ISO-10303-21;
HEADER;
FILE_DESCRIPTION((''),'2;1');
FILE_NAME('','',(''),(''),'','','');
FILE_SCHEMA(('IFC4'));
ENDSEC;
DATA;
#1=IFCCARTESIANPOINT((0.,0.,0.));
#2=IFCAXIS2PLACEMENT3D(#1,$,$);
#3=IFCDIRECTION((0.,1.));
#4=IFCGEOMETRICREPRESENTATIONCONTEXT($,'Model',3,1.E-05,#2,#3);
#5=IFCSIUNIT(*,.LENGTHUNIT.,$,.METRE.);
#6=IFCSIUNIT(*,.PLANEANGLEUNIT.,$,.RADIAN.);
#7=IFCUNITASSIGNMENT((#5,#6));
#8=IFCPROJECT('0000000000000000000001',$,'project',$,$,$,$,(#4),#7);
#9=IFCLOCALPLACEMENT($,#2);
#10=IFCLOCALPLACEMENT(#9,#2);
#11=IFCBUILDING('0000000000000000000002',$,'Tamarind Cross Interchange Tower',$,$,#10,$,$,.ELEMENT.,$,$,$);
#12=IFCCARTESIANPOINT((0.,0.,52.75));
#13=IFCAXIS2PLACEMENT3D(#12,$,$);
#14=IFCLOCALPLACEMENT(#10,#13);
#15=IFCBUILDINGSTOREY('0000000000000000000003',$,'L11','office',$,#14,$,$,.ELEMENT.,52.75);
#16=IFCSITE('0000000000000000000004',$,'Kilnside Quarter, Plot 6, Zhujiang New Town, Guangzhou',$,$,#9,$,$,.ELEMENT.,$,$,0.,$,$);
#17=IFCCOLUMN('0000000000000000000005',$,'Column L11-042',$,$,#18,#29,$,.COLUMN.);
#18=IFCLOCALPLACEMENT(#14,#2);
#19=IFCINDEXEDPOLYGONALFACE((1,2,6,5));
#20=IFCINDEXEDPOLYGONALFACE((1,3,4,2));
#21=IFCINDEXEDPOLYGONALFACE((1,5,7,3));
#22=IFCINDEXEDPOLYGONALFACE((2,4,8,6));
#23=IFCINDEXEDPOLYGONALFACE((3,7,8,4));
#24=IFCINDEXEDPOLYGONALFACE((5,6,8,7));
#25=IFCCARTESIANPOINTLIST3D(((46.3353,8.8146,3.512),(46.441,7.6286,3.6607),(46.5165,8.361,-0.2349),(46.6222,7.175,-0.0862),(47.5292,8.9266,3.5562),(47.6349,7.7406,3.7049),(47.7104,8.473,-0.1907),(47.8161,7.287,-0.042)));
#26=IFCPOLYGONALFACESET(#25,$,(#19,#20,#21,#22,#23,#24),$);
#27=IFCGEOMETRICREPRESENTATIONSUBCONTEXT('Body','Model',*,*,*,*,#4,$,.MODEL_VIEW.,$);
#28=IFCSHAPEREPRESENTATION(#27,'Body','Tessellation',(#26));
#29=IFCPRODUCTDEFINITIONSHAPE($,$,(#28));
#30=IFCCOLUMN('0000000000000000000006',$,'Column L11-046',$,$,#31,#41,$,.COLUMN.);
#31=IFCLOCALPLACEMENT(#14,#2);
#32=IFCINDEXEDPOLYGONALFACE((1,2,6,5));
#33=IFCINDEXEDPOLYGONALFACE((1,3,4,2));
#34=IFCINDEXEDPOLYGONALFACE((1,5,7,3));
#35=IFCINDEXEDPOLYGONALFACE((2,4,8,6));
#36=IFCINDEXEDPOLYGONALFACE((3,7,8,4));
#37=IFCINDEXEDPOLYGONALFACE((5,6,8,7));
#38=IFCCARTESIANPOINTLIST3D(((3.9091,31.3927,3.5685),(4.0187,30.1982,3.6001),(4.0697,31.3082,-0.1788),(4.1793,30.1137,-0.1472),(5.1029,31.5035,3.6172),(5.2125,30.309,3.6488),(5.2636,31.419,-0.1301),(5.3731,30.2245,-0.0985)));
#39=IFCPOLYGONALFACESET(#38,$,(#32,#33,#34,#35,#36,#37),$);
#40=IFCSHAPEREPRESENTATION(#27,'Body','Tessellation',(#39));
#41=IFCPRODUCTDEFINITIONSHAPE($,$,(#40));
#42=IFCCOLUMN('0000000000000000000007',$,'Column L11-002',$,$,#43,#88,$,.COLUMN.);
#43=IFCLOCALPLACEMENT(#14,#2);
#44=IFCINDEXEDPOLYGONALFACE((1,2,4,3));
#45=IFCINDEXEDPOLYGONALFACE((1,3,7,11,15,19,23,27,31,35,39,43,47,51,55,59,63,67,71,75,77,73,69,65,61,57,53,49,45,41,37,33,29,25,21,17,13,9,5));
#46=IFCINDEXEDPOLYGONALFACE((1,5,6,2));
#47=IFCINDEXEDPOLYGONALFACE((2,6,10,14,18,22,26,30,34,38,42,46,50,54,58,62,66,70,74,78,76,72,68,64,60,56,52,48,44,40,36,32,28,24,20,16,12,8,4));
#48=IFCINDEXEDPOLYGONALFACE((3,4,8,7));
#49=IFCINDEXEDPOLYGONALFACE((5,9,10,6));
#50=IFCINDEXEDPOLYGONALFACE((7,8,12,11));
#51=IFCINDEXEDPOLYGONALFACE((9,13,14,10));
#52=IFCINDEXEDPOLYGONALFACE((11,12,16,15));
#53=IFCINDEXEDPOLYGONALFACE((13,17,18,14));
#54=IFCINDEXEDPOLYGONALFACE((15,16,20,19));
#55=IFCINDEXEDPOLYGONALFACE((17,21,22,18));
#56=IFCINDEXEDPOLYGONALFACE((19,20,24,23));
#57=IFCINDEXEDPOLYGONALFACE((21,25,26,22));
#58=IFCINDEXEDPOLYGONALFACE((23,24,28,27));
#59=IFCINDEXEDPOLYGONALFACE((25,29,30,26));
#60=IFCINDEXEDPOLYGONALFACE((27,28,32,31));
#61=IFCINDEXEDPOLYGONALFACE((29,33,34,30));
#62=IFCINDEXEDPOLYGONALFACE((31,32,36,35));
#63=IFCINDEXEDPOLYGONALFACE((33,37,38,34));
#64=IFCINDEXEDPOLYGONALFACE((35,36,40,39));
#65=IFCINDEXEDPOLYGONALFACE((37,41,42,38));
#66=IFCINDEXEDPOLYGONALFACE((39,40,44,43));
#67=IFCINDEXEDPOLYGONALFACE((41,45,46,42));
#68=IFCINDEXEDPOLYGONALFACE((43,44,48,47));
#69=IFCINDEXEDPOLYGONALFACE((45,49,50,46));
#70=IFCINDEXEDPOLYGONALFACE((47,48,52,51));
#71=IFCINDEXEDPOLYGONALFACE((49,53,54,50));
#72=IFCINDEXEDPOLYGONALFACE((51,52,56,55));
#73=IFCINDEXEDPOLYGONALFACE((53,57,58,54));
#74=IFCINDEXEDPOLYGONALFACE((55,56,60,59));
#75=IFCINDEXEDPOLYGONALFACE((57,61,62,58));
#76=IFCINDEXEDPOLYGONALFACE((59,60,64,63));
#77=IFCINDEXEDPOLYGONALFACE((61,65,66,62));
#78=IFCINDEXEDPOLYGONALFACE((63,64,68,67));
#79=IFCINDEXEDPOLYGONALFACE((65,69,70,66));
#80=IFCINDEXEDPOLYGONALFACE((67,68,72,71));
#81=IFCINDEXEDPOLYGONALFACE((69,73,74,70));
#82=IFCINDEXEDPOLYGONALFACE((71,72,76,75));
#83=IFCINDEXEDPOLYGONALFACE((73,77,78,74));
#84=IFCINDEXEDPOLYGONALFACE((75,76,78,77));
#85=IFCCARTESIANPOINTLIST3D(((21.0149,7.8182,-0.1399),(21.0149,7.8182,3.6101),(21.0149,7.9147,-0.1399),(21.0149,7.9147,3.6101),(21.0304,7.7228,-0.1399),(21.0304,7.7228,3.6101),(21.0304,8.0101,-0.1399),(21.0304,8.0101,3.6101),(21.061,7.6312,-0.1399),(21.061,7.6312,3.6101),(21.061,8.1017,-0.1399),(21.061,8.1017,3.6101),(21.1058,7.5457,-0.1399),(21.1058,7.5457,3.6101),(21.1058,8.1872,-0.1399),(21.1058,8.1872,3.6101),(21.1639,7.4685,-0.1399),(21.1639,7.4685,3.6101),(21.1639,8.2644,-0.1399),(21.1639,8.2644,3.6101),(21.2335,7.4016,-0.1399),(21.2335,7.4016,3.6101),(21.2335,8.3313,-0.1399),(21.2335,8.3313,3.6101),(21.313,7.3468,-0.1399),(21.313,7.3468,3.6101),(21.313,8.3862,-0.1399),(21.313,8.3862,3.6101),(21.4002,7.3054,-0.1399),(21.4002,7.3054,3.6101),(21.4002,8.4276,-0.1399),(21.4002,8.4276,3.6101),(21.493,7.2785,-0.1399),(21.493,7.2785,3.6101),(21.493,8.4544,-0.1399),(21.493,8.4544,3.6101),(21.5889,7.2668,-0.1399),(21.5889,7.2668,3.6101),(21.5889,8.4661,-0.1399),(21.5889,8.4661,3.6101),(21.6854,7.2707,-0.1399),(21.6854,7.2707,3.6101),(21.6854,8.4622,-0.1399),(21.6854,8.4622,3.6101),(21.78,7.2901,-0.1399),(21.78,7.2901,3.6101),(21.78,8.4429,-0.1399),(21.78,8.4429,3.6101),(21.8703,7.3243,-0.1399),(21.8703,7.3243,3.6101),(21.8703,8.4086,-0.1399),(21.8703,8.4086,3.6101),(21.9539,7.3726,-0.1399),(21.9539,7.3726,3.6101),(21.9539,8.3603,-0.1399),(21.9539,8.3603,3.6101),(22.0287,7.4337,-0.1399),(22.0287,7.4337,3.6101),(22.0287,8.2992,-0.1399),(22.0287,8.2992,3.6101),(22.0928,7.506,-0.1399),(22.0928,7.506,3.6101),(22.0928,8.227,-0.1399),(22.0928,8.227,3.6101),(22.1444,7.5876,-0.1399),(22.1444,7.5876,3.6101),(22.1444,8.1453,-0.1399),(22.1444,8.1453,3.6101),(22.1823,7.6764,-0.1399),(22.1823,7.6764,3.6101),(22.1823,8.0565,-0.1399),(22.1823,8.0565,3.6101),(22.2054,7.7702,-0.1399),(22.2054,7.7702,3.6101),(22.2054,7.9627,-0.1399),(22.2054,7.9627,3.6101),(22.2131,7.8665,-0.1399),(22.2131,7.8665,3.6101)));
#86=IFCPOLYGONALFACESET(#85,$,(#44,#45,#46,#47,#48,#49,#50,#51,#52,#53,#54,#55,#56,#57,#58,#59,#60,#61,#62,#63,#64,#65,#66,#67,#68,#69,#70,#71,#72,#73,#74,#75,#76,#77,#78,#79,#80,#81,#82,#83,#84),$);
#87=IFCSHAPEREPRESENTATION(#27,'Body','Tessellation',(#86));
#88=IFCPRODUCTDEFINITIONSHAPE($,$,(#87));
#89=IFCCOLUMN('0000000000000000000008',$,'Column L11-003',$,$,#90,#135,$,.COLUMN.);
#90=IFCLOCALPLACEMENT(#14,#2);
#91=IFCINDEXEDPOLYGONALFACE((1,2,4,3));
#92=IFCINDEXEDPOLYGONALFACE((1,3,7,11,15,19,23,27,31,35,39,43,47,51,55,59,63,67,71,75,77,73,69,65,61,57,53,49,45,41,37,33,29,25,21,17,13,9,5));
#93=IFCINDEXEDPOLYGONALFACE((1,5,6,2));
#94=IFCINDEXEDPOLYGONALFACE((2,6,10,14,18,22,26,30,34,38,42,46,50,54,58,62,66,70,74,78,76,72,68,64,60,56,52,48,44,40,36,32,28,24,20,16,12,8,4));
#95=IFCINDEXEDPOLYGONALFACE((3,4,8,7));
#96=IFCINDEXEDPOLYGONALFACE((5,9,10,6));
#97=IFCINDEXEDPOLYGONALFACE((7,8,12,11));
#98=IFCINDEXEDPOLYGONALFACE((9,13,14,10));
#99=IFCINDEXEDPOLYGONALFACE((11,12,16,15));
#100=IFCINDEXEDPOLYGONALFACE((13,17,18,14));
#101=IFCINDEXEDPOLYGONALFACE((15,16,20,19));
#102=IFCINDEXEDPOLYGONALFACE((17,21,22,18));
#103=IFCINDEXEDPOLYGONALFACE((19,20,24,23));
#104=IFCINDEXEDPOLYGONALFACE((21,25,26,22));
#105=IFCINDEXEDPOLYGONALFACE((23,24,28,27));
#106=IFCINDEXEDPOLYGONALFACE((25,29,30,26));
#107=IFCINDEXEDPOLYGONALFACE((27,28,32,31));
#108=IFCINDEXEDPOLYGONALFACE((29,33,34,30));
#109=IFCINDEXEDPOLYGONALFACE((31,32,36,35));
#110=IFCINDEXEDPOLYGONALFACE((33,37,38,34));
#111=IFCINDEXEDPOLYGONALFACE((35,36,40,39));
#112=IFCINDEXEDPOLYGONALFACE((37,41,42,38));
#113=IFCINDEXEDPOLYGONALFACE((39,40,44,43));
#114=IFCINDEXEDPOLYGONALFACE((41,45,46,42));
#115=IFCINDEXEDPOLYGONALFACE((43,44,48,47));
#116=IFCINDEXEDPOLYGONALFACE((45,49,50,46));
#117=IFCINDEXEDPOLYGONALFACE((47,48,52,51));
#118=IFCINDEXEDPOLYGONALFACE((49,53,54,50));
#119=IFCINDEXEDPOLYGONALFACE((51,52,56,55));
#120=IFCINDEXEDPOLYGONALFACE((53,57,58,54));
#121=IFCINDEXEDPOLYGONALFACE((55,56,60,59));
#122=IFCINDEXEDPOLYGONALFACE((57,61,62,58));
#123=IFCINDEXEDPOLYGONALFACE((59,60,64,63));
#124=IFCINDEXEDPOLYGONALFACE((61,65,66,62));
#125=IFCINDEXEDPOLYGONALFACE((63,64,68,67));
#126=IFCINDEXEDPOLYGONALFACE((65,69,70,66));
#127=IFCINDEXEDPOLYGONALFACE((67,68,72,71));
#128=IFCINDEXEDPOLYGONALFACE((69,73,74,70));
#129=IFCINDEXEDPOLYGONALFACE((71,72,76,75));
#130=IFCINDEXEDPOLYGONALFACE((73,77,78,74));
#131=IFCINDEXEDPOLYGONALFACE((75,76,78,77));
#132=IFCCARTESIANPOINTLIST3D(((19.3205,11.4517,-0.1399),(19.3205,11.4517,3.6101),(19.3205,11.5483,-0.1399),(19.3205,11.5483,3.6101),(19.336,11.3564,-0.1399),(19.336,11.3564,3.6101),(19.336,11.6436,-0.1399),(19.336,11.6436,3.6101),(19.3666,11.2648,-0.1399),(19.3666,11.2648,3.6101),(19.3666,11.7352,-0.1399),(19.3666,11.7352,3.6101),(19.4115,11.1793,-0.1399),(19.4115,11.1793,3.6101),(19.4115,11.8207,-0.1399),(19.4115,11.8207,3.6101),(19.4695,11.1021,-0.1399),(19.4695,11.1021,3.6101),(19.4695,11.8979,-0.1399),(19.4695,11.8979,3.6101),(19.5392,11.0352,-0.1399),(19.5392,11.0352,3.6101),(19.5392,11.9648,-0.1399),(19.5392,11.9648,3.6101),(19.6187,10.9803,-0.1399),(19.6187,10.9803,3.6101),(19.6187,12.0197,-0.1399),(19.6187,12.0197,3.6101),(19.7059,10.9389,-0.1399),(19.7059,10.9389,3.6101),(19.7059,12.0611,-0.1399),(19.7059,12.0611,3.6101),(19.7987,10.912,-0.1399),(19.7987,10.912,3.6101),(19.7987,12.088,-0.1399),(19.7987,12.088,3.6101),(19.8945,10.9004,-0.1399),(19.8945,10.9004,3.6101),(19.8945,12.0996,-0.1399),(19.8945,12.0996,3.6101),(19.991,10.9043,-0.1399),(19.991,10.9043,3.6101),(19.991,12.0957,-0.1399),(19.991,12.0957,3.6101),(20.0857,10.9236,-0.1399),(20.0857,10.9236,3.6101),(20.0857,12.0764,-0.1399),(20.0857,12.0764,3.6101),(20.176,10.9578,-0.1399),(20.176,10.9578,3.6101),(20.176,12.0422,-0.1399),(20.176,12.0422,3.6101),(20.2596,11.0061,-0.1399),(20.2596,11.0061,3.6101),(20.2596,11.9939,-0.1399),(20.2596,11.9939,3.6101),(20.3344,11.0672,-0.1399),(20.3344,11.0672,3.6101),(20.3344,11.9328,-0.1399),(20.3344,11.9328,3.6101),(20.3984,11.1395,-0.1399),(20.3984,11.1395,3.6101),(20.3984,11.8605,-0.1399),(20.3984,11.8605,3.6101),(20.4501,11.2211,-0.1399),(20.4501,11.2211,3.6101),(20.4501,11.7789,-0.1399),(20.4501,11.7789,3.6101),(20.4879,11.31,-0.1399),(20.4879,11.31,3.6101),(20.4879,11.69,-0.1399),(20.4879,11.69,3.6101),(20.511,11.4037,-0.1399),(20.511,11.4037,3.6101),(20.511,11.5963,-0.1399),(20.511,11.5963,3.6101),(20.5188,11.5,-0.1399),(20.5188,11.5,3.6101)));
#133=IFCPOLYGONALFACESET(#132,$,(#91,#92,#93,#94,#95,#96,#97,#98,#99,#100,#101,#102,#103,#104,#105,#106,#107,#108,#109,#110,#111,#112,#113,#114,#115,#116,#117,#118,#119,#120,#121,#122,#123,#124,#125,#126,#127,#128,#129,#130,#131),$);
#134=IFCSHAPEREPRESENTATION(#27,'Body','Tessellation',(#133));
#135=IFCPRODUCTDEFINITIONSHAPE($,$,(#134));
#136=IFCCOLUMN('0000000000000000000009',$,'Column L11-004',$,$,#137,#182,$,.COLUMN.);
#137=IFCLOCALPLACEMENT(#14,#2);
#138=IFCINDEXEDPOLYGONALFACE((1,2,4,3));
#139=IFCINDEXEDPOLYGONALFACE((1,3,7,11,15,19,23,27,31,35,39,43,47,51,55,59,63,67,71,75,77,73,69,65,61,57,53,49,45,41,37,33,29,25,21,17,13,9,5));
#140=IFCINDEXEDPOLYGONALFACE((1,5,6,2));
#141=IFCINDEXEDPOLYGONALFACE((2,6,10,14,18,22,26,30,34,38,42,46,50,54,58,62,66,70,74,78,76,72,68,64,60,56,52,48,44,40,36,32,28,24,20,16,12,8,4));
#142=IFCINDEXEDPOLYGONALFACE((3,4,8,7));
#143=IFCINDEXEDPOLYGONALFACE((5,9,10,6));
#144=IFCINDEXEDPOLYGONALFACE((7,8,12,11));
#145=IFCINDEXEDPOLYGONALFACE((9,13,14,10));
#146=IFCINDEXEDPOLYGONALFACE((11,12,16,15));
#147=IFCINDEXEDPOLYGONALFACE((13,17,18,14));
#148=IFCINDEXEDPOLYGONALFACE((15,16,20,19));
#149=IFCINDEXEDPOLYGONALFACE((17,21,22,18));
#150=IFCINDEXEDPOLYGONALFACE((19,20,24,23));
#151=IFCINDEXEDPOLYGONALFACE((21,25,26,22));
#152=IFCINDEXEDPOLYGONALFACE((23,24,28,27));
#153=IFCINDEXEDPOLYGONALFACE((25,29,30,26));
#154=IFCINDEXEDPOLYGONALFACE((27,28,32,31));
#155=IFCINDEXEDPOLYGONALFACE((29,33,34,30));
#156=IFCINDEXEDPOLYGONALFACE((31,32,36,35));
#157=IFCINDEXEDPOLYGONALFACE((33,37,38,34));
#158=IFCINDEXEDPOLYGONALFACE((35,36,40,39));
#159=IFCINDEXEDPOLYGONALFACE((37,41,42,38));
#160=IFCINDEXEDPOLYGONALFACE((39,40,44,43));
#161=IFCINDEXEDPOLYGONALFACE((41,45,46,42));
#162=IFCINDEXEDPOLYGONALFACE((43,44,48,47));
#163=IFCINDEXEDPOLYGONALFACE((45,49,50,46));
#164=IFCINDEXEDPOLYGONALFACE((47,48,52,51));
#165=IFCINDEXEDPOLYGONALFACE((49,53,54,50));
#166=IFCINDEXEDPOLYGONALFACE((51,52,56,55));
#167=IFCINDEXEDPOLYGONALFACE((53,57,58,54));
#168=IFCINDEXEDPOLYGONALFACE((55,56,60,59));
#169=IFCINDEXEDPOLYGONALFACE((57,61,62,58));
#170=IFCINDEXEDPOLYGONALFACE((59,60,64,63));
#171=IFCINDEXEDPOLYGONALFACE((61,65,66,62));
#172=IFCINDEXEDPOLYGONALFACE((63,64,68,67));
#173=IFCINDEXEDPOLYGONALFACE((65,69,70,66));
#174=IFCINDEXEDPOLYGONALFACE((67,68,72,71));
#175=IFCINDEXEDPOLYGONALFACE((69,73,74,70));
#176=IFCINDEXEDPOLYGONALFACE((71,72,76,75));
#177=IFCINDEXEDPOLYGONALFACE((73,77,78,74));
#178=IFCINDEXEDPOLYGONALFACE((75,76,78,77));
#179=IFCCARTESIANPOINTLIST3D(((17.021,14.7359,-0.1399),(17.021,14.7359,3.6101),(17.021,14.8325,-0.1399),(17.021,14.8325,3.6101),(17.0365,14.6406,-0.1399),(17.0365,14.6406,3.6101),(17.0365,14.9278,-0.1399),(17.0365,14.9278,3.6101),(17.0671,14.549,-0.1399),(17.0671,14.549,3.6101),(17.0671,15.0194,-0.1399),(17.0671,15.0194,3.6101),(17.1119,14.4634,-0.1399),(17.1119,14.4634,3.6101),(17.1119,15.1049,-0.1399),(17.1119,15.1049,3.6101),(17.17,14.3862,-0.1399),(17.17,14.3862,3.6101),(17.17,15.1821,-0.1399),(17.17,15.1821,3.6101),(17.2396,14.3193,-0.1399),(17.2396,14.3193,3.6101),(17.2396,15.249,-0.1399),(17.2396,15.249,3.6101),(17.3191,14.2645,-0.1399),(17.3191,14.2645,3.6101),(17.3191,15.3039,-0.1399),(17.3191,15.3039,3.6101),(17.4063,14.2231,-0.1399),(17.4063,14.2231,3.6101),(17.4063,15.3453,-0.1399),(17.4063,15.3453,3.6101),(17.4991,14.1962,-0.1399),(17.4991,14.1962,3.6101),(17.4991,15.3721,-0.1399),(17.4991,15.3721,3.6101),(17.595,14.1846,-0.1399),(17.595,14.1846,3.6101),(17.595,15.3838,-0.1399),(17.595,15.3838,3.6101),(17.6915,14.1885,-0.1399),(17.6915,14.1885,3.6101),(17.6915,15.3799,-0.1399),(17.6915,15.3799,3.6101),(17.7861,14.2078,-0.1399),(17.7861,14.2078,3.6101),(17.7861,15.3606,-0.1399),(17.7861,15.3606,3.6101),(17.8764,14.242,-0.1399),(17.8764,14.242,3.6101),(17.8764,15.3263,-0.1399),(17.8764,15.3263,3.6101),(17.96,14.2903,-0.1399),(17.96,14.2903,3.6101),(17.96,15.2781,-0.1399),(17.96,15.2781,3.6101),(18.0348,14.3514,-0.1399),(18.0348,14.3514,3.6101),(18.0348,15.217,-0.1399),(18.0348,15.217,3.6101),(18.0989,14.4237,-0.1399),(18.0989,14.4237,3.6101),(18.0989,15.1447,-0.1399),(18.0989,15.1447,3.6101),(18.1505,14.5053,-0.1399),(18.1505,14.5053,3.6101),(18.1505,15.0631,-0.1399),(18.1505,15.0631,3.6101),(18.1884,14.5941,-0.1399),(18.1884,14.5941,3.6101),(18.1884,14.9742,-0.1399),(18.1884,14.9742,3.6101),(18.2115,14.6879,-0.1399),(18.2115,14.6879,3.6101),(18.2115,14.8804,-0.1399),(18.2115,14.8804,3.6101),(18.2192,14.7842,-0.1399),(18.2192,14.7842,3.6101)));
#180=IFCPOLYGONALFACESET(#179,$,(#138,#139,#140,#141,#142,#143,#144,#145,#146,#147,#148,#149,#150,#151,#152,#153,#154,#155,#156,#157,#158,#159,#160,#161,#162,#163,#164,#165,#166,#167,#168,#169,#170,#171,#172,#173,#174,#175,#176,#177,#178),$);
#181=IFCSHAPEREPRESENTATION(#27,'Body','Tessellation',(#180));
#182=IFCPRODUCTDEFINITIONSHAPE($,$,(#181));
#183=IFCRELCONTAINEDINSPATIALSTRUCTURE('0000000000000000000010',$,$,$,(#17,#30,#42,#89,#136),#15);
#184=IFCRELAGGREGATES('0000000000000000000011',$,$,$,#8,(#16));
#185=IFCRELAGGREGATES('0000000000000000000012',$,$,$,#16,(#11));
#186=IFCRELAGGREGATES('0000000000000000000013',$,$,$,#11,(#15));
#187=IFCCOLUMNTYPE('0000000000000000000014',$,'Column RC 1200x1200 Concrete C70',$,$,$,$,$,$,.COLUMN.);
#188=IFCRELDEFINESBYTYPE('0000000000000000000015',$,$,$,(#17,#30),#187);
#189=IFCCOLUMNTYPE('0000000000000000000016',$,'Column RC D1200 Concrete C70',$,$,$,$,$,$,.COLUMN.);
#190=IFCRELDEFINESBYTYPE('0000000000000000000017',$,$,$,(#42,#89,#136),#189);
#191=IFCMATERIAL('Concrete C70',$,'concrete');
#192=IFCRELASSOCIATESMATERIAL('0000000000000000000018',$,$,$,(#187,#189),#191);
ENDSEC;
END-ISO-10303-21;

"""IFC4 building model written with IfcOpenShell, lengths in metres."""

from ifc_helpers import new_model, si_unit, direction, frame, origin, origin_2d, place, context, subcontext, project, spatial, rectangle, circle, extrude, material, material_profile, profile_set, type_object, element, save


model = new_model("IFC4")

# Units and contexts
model_context = context("Model", 3, precision=1e-05, world=origin(), true_north=direction((0.0, 1.0)))
body_context = subcontext(model_context, "Body", "Model", "MODEL_VIEW")
ifc_project = project(units=[si_unit("LENGTHUNIT", "METRE"), si_unit("PLANEANGLEUNIT", "RADIAN")], contexts=[model_context])

# Site, building, storey
site_placement = place(None, origin())
site = spatial("IfcSite", under=ifc_project, at=site_placement, Name="Kilnside Quarter, Plot 6, Zhujiang New Town, Guangzhou", CompositionType="ELEMENT", RefElevation=0.0)
building_placement = place(site_placement, origin())
building = spatial("IfcBuilding", under=site, at=building_placement, Name="Tamarind Cross Interchange Tower", CompositionType="ELEMENT")
storey_placement = place(building_placement, frame((0.0, 0.0, 52.75)))
storey = spatial("IfcBuildingStorey", under=building, at=storey_placement, Name="L11", Description="office", CompositionType="ELEMENT", Elevation=52.75)

# Columns
ifc_material_1 = material(Name="Concrete C70", Category="concrete")
ifc_material_profile_1 = material_profile(ifc_material_1, rectangle(XDim=1.2, YDim=1.2, at=origin_2d()), Name="RC 1200x1200")
ifc_profile_set_1 = profile_set([ifc_material_profile_1], Name="Concrete C70")
column_type_1 = type_object("IfcColumnType", Name="Column RC 1200x1200 Concrete C70", PredefinedType="COLUMN", material=ifc_profile_set_1)
column_1_placement = place(storey_placement, frame((47.1663, 7.824, -0.1384), z_axis=(-0.047943, 0.12005, 0.99161), x_axis=(0.088097, -0.988374, 0.123918)))
element("IfcColumn", 1, at=column_1_placement, inside=storey, type_object=column_type_1, Name="Column L11-042", PredefinedType="COLUMN", context=body_context, shape_type="SweptSolid", body=[
    extrude(rectangle(XDim=1.2, YDim=1.2, at=origin_2d()), origin(), (0.0, 0.0, 1.0), 3.7786),
])
column_2_placement = place(storey_placement, frame((4.7214, 30.7664, -0.1387), z_axis=(-0.042819, 0.022516, 0.998829), x_axis=(0.091303, -0.995474, 0.026354)))
element("IfcColumn", 2, at=column_2_placement, inside=storey, type_object=column_type_1, Name="Column L11-046", PredefinedType="COLUMN", context=body_context, shape_type="SweptSolid", body=[
    extrude(rectangle(XDim=1.2, YDim=1.2, at=origin_2d()), origin(), (0.0, 0.0, 1.0), 3.7517),
])
ifc_material_profile_2 = material_profile(ifc_material_1, circle(Radius=0.6001, at=origin_2d()), Name="RC D1200")
ifc_profile_set_2 = profile_set([ifc_material_profile_2], Name="Concrete C70")
column_type_2 = type_object("IfcColumnType", Name="Column RC D1200 Concrete C70", PredefinedType="COLUMN", material=ifc_profile_set_2)
for number, where, z_axis, x_axis, name in (
    (3, (21.613, 7.8665, -0.1399), (0.0, 0.0, 1.0), (1.0, 0.0, 0.0), "Column L11-002"),
    (4, (19.9187, 11.5, -0.1399), (0.0, 0.0, 1.0), (1.0, 0.0, 0.0), "Column L11-003"),
    (5, (17.6191, 14.7842, -0.1399), (0.0, 0.0, 1.0), (1.0, 0.0, 0.0), "Column L11-004"),
):
    element("IfcColumn", number, at=place(storey_placement, frame(where, z_axis=z_axis, x_axis=x_axis)), inside=storey, type_object=column_type_2, Name=name, PredefinedType="COLUMN", context=body_context, shape_type="SweptSolid", body=[
        extrude(circle(Radius=0.6001, at=origin_2d()), origin(), (0.0, 0.0, 1.0), 3.75),
    ])

save(model, "model.ifc")
